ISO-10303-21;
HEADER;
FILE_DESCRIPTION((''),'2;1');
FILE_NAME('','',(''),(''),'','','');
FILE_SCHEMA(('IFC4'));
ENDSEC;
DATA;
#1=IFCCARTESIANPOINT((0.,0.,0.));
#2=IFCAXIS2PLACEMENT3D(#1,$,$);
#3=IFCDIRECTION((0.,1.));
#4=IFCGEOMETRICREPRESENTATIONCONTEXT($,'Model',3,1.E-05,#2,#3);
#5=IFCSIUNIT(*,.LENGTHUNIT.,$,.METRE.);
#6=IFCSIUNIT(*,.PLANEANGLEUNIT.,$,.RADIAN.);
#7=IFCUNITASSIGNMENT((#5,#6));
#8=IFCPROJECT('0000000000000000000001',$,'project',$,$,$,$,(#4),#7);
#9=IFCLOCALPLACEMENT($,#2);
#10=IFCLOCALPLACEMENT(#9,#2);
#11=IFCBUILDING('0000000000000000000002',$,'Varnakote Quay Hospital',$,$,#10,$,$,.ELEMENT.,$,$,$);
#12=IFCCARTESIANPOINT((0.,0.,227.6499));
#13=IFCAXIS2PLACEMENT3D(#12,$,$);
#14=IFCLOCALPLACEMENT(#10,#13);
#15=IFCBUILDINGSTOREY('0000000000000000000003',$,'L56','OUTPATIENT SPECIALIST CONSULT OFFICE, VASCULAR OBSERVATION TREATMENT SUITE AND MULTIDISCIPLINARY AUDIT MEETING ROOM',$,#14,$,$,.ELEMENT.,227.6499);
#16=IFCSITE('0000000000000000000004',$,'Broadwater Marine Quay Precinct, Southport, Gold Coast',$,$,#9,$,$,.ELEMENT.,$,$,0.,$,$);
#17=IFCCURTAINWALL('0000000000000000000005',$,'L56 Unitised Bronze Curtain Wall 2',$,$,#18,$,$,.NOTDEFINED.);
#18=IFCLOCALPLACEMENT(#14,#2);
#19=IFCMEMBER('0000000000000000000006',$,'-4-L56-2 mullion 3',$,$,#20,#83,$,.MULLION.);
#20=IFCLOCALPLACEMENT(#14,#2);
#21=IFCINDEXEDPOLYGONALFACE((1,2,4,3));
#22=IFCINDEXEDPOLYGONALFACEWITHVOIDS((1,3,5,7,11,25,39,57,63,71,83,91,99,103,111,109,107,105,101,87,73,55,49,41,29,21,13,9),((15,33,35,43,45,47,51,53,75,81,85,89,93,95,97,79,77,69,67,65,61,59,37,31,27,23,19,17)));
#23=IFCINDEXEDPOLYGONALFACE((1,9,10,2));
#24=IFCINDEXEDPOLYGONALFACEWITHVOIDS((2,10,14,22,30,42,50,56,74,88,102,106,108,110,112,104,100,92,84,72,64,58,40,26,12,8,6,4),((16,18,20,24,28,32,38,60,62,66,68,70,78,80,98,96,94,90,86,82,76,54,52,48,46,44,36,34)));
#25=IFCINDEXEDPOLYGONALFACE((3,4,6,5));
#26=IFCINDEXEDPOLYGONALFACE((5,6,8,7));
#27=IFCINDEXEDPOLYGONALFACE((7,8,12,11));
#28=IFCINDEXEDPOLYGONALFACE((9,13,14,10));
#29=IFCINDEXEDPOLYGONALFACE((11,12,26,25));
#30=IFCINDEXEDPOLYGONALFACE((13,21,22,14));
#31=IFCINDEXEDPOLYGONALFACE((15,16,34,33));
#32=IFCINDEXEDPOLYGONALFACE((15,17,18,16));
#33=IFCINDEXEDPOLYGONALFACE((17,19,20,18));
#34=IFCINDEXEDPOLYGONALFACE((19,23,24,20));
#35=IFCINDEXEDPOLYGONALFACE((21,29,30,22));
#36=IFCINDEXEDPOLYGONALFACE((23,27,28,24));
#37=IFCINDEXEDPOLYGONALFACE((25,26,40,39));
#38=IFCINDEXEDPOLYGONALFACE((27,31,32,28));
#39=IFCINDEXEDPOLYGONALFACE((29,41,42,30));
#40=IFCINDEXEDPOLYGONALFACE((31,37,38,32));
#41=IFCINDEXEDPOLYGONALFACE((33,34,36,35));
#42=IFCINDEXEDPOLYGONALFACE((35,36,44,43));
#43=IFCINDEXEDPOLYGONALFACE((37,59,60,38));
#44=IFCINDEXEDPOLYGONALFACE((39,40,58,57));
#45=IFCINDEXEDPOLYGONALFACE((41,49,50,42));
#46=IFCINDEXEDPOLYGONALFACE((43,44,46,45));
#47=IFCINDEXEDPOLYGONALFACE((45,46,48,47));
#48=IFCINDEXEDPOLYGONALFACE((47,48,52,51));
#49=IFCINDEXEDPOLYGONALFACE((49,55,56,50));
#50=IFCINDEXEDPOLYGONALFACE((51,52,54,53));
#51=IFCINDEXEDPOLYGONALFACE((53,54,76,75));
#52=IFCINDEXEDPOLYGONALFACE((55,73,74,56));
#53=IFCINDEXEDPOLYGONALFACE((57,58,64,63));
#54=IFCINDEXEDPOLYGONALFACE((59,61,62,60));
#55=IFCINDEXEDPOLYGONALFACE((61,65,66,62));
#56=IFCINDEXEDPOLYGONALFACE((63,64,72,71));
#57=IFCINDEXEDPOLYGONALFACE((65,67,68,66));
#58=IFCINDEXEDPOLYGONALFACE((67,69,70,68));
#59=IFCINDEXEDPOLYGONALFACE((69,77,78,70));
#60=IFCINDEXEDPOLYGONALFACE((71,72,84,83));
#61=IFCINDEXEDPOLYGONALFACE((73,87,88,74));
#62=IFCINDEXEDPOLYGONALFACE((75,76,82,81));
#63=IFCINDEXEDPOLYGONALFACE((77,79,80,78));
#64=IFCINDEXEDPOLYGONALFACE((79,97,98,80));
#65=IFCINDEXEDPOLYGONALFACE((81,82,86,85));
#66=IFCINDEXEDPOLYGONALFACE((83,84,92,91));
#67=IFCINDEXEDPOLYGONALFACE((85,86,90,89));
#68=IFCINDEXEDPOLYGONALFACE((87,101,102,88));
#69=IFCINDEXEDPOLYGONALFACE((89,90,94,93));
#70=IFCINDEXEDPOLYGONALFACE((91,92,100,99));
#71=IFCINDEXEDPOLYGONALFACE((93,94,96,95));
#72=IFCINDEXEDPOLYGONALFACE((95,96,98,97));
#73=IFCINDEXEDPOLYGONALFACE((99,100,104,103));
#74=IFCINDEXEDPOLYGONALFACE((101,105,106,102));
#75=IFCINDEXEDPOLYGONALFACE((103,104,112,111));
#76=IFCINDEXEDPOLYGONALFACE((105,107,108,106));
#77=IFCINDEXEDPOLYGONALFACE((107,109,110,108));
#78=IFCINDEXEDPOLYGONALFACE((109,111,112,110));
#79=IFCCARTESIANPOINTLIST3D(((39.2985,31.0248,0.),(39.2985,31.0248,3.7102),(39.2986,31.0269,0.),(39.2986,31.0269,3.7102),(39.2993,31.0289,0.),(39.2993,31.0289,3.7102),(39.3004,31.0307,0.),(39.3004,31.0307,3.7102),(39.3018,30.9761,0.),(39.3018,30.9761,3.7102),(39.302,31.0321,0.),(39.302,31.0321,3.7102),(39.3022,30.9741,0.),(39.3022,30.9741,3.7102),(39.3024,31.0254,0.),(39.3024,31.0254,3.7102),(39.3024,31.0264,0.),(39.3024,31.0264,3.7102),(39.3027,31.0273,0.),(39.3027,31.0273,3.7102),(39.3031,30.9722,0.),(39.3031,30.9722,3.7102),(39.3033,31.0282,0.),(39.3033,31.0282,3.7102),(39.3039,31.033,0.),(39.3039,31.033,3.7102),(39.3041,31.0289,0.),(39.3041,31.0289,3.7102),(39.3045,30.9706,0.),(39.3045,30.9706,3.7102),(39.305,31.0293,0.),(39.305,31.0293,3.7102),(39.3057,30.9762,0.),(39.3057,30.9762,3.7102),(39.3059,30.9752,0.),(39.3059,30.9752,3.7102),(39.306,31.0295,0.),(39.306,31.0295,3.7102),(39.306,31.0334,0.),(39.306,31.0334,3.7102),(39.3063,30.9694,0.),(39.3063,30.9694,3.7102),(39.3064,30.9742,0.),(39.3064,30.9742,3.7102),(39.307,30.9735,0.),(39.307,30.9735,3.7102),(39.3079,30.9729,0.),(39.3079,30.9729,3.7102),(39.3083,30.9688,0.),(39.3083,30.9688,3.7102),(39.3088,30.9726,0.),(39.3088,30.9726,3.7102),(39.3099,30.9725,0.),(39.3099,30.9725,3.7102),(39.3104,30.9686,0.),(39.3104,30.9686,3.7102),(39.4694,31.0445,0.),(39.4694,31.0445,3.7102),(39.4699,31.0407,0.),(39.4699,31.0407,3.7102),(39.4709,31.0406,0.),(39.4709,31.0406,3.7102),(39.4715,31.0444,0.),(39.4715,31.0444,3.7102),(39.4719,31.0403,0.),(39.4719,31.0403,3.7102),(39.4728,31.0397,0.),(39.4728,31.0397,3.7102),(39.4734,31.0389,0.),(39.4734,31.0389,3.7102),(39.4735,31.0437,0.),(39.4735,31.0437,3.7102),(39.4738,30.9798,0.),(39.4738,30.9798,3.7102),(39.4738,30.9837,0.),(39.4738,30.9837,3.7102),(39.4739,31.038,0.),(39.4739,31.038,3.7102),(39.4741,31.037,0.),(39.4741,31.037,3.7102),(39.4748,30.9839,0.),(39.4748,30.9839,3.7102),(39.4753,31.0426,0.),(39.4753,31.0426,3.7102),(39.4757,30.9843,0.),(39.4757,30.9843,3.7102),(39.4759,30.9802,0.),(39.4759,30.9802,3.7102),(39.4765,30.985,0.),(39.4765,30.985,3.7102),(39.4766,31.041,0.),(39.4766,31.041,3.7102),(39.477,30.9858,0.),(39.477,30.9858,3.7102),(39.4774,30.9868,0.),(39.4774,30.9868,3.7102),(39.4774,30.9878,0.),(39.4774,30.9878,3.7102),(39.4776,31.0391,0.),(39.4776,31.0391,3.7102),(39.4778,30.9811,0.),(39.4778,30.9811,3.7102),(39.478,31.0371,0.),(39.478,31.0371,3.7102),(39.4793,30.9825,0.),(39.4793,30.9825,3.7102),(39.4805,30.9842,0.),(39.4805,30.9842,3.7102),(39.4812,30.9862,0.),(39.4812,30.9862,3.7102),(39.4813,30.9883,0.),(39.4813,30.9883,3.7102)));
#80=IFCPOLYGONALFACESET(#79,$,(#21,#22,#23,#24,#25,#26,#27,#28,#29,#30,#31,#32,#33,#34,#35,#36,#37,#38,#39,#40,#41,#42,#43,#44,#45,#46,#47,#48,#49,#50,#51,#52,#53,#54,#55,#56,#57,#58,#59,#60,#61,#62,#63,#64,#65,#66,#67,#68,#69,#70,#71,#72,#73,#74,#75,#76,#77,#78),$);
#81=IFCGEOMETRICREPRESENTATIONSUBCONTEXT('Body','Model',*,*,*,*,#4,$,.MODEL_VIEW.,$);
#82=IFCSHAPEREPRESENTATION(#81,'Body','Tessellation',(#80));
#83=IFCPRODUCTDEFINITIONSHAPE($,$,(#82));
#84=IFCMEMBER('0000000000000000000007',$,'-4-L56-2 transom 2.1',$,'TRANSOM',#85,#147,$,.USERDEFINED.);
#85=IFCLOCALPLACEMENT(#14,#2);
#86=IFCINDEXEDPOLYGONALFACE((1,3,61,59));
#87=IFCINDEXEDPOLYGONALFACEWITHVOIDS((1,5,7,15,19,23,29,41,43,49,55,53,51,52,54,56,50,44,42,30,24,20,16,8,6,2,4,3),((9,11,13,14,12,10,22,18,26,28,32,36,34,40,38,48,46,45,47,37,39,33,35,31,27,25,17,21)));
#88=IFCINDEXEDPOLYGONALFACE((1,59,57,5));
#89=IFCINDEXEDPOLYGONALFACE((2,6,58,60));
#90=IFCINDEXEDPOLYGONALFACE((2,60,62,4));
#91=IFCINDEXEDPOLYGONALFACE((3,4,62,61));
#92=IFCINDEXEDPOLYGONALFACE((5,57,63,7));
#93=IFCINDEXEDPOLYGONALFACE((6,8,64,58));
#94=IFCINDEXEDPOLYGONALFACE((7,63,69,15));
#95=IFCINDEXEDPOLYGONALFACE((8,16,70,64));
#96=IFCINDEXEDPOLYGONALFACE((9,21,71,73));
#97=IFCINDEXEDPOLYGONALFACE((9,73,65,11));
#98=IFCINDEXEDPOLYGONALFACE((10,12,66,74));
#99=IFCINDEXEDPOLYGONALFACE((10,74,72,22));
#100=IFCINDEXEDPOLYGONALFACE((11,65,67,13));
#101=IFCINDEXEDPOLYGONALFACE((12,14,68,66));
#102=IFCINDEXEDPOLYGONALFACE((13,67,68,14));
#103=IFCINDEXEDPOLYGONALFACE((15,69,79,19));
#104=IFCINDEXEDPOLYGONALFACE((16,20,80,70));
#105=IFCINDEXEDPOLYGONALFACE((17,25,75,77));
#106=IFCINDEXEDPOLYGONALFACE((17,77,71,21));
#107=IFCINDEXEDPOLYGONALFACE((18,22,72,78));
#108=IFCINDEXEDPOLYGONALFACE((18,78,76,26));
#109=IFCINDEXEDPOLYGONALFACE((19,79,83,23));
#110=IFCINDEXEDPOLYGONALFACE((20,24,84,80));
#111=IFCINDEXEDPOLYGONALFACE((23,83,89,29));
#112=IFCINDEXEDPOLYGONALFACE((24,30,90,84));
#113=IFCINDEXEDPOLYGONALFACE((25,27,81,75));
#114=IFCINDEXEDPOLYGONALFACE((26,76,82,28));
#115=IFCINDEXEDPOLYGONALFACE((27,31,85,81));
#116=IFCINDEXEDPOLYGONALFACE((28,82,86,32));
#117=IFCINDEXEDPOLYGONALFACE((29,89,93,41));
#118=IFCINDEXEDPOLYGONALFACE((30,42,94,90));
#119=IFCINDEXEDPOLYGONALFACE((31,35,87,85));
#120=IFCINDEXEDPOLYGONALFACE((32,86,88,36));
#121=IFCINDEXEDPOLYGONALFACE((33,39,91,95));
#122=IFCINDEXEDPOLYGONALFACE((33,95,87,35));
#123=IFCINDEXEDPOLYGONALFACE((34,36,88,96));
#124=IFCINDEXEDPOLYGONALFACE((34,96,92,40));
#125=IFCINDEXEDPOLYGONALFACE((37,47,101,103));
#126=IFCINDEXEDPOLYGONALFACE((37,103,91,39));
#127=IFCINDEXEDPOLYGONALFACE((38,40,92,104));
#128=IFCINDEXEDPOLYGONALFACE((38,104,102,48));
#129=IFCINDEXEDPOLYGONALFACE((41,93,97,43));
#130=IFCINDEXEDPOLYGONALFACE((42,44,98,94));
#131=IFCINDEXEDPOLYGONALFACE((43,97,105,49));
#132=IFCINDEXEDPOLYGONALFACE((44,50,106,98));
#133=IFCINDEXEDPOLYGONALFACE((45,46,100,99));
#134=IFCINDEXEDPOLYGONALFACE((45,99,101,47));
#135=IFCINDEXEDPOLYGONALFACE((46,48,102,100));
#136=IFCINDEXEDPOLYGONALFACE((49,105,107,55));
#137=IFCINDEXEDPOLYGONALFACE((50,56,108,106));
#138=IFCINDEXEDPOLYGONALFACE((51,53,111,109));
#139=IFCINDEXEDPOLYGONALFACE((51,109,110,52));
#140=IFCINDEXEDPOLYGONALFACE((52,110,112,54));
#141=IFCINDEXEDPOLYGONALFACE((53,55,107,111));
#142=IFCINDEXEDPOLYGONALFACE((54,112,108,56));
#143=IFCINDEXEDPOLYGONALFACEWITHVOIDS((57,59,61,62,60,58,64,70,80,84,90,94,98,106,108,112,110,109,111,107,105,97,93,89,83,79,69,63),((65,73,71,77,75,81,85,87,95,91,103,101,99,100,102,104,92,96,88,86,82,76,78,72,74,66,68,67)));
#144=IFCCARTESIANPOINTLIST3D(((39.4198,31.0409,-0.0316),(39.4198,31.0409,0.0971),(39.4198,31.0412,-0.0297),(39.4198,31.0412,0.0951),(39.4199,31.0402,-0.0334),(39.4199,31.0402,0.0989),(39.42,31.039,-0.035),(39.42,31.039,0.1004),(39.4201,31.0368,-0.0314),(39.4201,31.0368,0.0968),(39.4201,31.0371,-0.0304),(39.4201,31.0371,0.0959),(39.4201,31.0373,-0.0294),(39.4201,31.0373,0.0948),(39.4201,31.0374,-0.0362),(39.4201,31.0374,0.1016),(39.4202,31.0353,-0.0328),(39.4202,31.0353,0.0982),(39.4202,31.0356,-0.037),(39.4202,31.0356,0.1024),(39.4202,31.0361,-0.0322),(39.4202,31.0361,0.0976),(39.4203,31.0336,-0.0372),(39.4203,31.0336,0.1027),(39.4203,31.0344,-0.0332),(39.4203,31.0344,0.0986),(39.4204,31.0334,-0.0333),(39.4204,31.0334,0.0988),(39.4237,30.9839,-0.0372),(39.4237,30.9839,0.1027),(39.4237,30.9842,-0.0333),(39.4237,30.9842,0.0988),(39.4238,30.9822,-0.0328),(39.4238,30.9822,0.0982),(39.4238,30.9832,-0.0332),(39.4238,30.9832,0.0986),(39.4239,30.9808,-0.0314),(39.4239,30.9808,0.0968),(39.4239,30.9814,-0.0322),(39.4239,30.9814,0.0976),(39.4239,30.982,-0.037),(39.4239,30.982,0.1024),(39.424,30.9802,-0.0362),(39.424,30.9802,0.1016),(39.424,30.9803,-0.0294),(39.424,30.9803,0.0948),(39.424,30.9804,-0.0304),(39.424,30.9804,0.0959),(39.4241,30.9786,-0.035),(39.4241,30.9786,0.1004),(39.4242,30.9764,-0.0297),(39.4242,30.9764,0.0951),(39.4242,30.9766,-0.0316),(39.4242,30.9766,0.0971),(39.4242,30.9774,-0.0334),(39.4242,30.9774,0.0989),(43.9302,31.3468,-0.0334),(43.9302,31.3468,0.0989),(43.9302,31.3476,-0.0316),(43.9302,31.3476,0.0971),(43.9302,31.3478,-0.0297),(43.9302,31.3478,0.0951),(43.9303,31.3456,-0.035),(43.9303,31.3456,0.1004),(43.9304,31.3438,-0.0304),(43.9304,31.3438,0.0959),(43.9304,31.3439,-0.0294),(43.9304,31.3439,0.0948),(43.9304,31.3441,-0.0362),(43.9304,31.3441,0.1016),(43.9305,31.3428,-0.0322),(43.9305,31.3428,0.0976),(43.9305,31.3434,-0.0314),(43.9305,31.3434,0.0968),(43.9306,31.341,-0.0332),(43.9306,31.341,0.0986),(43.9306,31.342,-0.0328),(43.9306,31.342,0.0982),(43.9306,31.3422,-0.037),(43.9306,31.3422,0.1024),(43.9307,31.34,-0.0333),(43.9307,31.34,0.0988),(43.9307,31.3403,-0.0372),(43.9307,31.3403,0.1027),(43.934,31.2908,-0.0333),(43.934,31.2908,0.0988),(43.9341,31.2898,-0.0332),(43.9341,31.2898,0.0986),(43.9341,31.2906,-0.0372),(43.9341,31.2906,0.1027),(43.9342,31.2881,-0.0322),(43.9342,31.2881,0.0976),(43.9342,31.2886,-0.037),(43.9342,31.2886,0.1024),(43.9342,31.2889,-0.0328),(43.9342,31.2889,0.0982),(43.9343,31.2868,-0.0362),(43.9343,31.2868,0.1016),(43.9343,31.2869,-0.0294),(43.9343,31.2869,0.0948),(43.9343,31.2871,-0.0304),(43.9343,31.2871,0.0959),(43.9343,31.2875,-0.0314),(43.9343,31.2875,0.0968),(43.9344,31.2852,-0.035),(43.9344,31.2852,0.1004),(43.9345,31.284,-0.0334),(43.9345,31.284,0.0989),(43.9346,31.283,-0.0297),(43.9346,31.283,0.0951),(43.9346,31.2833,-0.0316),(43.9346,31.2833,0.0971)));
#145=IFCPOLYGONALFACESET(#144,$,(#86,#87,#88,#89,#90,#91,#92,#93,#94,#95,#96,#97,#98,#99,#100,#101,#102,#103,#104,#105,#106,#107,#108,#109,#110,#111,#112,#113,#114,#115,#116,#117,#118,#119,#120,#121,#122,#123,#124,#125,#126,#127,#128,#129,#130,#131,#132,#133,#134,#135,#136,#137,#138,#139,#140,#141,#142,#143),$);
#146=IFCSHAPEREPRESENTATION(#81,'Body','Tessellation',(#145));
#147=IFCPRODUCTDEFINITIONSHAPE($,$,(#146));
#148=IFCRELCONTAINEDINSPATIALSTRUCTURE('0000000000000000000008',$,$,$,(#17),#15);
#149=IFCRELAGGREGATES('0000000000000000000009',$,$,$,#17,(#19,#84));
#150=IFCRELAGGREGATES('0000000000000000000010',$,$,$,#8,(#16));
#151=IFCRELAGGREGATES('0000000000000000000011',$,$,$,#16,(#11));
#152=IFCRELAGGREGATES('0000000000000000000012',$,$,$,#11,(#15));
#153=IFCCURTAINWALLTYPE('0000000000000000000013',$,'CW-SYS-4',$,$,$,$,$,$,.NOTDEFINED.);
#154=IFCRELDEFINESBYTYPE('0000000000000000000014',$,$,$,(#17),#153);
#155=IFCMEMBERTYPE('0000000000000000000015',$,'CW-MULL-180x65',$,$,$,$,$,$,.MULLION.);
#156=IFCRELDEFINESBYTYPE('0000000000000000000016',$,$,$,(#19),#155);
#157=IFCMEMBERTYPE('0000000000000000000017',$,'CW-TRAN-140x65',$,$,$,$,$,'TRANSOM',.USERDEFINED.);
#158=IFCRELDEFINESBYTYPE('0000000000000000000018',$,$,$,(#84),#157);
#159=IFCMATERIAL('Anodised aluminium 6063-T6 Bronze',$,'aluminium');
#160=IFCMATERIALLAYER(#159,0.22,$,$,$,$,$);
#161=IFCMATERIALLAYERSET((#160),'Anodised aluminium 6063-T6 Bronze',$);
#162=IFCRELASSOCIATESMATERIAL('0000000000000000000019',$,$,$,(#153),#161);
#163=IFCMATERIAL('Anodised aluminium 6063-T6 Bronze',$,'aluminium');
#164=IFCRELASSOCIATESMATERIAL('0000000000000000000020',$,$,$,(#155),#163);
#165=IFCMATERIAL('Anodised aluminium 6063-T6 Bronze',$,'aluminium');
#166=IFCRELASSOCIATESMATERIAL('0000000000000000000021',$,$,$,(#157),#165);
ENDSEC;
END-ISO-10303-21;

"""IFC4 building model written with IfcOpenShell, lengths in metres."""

from ifc_helpers import new_model, si_unit, direction, frame, origin, origin_2d, place, context, subcontext, project, spatial, hollow_rectangle, extrude, material, layer, layer_set, material_profile, profile_set, type_object, element, aggregate, save


model = new_model("IFC4")

# Units and contexts
model_context = context("Model", 3, precision=1e-05, world=origin(), true_north=direction((0.0, 1.0)))
body_context = subcontext(model_context, "Body", "Model", "MODEL_VIEW")
ifc_project = project(units=[si_unit("LENGTHUNIT", "METRE"), si_unit("PLANEANGLEUNIT", "RADIAN")], contexts=[model_context])

# Site, building, storey
site_placement = place(None, origin())
site = spatial("IfcSite", under=ifc_project, at=site_placement, Name="Broadwater Marine Quay Precinct, Southport, Gold Coast", CompositionType="ELEMENT", RefElevation=0.0)
building_placement = place(site_placement, origin())
building = spatial("IfcBuilding", under=site, at=building_placement, Name="Varnakote Quay Hospital", CompositionType="ELEMENT")
storey_placement = place(building_placement, frame((0.0, 0.0, 227.6499)))
storey = spatial("IfcBuildingStorey", under=building, at=storey_placement, Name="L56", Description="OUTPATIENT SPECIALIST CONSULT OFFICE, VASCULAR OBSERVATION TREATMENT SUITE AND MULTIDISCIPLINARY AUDIT MEETING ROOM", CompositionType="ELEMENT", Elevation=227.6499)

# Curtain wall, members
ifc_material_1 = material(Name="Anodised aluminium 6063-T6 Bronze", Category="aluminium")
ifc_layer_1 = layer(ifc_material_1, 0.22)
ifc_layer_set_1 = layer_set([ifc_layer_1], Name="Anodised aluminium 6063-T6 Bronze")
curtain_wall_type = type_object("IfcCurtainWallType", Name="CW-SYS-4", PredefinedType="NOTDEFINED", material=ifc_layer_set_1)
curtain_wall_placement = place(storey_placement, origin())
curtain_wall = element("IfcCurtainWall", 1, at=curtain_wall_placement, inside=storey, type_object=curtain_wall_type, Name="L56 Unitised Bronze Curtain Wall 2", PredefinedType="NOTDEFINED")
ifc_material_2 = material(Name="Anodised aluminium 6063-T6 Bronze", Category="aluminium")
ifc_material_profile_1 = material_profile(ifc_material_2, hollow_rectangle(XDim=0.0649, YDim=0.1799, WallThickness=0.0039, InnerFilletRadius=0.0039, OuterFilletRadius=0.0081, at=origin_2d()), Name="CW-MULL-180x65")
ifc_profile_set_1 = profile_set([ifc_material_profile_1], Name="Anodised aluminium 6063-T6 Bronze")
member_type_1 = type_object("IfcMemberType", Name="CW-MULL-180x65", PredefinedType="MULLION", material=ifc_profile_set_1)
member_1_placement = place(storey_placement, frame((39.3899, 31.0066, 0.0), z_axis=(0.0, 0.0, 1.0), x_axis=(0.067842, -0.997696, 0.0)))
member_1 = element("IfcMember", 2, at=member_1_placement, type_object=member_type_1, Name="-4-L56-2 mullion 3", PredefinedType="MULLION", context=body_context, shape_type="SweptSolid", body=[
    extrude(hollow_rectangle(XDim=0.0649, YDim=0.1799, WallThickness=0.0039, InnerFilletRadius=0.0039, OuterFilletRadius=0.0081, at=origin_2d()), origin(), (0.0, 0.0, 1.0), 3.7102),
])
ifc_material_3 = material(Name="Anodised aluminium 6063-T6 Bronze", Category="aluminium")
ifc_material_profile_2 = material_profile(ifc_material_3, hollow_rectangle(XDim=0.0649, YDim=0.1399, WallThickness=0.0039, InnerFilletRadius=0.0039, OuterFilletRadius=0.0076, at=origin_2d()), Name="CW-TRAN-140x65")
ifc_profile_set_2 = profile_set([ifc_material_profile_2], Name="Anodised aluminium 6063-T6 Bronze")
member_type_2 = type_object("IfcMemberType", Name="CW-TRAN-140x65", ElementType="TRANSOM", PredefinedType="USERDEFINED", material=ifc_profile_set_2)
member_2_placement = place(storey_placement, frame((43.9324, 31.3154, 0.0327), z_axis=(-0.997697, -0.067831, 0.0), x_axis=(0.067831, -0.997697, 0.0)))
member_2 = element("IfcMember", 3, at=member_2_placement, type_object=member_type_2, Name="-4-L56-2 transom 2.1", ObjectType="TRANSOM", PredefinedType="USERDEFINED", context=body_context, shape_type="SweptSolid", body=[
    extrude(hollow_rectangle(XDim=0.0649, YDim=0.1399, WallThickness=0.0039, InnerFilletRadius=0.0039, OuterFilletRadius=0.0076, at=origin_2d()), origin(), (0.0, 0.0, 1.0), 4.5208),
])
aggregate(curtain_wall, [member_1, member_2])

save(model, "model.ifc")
